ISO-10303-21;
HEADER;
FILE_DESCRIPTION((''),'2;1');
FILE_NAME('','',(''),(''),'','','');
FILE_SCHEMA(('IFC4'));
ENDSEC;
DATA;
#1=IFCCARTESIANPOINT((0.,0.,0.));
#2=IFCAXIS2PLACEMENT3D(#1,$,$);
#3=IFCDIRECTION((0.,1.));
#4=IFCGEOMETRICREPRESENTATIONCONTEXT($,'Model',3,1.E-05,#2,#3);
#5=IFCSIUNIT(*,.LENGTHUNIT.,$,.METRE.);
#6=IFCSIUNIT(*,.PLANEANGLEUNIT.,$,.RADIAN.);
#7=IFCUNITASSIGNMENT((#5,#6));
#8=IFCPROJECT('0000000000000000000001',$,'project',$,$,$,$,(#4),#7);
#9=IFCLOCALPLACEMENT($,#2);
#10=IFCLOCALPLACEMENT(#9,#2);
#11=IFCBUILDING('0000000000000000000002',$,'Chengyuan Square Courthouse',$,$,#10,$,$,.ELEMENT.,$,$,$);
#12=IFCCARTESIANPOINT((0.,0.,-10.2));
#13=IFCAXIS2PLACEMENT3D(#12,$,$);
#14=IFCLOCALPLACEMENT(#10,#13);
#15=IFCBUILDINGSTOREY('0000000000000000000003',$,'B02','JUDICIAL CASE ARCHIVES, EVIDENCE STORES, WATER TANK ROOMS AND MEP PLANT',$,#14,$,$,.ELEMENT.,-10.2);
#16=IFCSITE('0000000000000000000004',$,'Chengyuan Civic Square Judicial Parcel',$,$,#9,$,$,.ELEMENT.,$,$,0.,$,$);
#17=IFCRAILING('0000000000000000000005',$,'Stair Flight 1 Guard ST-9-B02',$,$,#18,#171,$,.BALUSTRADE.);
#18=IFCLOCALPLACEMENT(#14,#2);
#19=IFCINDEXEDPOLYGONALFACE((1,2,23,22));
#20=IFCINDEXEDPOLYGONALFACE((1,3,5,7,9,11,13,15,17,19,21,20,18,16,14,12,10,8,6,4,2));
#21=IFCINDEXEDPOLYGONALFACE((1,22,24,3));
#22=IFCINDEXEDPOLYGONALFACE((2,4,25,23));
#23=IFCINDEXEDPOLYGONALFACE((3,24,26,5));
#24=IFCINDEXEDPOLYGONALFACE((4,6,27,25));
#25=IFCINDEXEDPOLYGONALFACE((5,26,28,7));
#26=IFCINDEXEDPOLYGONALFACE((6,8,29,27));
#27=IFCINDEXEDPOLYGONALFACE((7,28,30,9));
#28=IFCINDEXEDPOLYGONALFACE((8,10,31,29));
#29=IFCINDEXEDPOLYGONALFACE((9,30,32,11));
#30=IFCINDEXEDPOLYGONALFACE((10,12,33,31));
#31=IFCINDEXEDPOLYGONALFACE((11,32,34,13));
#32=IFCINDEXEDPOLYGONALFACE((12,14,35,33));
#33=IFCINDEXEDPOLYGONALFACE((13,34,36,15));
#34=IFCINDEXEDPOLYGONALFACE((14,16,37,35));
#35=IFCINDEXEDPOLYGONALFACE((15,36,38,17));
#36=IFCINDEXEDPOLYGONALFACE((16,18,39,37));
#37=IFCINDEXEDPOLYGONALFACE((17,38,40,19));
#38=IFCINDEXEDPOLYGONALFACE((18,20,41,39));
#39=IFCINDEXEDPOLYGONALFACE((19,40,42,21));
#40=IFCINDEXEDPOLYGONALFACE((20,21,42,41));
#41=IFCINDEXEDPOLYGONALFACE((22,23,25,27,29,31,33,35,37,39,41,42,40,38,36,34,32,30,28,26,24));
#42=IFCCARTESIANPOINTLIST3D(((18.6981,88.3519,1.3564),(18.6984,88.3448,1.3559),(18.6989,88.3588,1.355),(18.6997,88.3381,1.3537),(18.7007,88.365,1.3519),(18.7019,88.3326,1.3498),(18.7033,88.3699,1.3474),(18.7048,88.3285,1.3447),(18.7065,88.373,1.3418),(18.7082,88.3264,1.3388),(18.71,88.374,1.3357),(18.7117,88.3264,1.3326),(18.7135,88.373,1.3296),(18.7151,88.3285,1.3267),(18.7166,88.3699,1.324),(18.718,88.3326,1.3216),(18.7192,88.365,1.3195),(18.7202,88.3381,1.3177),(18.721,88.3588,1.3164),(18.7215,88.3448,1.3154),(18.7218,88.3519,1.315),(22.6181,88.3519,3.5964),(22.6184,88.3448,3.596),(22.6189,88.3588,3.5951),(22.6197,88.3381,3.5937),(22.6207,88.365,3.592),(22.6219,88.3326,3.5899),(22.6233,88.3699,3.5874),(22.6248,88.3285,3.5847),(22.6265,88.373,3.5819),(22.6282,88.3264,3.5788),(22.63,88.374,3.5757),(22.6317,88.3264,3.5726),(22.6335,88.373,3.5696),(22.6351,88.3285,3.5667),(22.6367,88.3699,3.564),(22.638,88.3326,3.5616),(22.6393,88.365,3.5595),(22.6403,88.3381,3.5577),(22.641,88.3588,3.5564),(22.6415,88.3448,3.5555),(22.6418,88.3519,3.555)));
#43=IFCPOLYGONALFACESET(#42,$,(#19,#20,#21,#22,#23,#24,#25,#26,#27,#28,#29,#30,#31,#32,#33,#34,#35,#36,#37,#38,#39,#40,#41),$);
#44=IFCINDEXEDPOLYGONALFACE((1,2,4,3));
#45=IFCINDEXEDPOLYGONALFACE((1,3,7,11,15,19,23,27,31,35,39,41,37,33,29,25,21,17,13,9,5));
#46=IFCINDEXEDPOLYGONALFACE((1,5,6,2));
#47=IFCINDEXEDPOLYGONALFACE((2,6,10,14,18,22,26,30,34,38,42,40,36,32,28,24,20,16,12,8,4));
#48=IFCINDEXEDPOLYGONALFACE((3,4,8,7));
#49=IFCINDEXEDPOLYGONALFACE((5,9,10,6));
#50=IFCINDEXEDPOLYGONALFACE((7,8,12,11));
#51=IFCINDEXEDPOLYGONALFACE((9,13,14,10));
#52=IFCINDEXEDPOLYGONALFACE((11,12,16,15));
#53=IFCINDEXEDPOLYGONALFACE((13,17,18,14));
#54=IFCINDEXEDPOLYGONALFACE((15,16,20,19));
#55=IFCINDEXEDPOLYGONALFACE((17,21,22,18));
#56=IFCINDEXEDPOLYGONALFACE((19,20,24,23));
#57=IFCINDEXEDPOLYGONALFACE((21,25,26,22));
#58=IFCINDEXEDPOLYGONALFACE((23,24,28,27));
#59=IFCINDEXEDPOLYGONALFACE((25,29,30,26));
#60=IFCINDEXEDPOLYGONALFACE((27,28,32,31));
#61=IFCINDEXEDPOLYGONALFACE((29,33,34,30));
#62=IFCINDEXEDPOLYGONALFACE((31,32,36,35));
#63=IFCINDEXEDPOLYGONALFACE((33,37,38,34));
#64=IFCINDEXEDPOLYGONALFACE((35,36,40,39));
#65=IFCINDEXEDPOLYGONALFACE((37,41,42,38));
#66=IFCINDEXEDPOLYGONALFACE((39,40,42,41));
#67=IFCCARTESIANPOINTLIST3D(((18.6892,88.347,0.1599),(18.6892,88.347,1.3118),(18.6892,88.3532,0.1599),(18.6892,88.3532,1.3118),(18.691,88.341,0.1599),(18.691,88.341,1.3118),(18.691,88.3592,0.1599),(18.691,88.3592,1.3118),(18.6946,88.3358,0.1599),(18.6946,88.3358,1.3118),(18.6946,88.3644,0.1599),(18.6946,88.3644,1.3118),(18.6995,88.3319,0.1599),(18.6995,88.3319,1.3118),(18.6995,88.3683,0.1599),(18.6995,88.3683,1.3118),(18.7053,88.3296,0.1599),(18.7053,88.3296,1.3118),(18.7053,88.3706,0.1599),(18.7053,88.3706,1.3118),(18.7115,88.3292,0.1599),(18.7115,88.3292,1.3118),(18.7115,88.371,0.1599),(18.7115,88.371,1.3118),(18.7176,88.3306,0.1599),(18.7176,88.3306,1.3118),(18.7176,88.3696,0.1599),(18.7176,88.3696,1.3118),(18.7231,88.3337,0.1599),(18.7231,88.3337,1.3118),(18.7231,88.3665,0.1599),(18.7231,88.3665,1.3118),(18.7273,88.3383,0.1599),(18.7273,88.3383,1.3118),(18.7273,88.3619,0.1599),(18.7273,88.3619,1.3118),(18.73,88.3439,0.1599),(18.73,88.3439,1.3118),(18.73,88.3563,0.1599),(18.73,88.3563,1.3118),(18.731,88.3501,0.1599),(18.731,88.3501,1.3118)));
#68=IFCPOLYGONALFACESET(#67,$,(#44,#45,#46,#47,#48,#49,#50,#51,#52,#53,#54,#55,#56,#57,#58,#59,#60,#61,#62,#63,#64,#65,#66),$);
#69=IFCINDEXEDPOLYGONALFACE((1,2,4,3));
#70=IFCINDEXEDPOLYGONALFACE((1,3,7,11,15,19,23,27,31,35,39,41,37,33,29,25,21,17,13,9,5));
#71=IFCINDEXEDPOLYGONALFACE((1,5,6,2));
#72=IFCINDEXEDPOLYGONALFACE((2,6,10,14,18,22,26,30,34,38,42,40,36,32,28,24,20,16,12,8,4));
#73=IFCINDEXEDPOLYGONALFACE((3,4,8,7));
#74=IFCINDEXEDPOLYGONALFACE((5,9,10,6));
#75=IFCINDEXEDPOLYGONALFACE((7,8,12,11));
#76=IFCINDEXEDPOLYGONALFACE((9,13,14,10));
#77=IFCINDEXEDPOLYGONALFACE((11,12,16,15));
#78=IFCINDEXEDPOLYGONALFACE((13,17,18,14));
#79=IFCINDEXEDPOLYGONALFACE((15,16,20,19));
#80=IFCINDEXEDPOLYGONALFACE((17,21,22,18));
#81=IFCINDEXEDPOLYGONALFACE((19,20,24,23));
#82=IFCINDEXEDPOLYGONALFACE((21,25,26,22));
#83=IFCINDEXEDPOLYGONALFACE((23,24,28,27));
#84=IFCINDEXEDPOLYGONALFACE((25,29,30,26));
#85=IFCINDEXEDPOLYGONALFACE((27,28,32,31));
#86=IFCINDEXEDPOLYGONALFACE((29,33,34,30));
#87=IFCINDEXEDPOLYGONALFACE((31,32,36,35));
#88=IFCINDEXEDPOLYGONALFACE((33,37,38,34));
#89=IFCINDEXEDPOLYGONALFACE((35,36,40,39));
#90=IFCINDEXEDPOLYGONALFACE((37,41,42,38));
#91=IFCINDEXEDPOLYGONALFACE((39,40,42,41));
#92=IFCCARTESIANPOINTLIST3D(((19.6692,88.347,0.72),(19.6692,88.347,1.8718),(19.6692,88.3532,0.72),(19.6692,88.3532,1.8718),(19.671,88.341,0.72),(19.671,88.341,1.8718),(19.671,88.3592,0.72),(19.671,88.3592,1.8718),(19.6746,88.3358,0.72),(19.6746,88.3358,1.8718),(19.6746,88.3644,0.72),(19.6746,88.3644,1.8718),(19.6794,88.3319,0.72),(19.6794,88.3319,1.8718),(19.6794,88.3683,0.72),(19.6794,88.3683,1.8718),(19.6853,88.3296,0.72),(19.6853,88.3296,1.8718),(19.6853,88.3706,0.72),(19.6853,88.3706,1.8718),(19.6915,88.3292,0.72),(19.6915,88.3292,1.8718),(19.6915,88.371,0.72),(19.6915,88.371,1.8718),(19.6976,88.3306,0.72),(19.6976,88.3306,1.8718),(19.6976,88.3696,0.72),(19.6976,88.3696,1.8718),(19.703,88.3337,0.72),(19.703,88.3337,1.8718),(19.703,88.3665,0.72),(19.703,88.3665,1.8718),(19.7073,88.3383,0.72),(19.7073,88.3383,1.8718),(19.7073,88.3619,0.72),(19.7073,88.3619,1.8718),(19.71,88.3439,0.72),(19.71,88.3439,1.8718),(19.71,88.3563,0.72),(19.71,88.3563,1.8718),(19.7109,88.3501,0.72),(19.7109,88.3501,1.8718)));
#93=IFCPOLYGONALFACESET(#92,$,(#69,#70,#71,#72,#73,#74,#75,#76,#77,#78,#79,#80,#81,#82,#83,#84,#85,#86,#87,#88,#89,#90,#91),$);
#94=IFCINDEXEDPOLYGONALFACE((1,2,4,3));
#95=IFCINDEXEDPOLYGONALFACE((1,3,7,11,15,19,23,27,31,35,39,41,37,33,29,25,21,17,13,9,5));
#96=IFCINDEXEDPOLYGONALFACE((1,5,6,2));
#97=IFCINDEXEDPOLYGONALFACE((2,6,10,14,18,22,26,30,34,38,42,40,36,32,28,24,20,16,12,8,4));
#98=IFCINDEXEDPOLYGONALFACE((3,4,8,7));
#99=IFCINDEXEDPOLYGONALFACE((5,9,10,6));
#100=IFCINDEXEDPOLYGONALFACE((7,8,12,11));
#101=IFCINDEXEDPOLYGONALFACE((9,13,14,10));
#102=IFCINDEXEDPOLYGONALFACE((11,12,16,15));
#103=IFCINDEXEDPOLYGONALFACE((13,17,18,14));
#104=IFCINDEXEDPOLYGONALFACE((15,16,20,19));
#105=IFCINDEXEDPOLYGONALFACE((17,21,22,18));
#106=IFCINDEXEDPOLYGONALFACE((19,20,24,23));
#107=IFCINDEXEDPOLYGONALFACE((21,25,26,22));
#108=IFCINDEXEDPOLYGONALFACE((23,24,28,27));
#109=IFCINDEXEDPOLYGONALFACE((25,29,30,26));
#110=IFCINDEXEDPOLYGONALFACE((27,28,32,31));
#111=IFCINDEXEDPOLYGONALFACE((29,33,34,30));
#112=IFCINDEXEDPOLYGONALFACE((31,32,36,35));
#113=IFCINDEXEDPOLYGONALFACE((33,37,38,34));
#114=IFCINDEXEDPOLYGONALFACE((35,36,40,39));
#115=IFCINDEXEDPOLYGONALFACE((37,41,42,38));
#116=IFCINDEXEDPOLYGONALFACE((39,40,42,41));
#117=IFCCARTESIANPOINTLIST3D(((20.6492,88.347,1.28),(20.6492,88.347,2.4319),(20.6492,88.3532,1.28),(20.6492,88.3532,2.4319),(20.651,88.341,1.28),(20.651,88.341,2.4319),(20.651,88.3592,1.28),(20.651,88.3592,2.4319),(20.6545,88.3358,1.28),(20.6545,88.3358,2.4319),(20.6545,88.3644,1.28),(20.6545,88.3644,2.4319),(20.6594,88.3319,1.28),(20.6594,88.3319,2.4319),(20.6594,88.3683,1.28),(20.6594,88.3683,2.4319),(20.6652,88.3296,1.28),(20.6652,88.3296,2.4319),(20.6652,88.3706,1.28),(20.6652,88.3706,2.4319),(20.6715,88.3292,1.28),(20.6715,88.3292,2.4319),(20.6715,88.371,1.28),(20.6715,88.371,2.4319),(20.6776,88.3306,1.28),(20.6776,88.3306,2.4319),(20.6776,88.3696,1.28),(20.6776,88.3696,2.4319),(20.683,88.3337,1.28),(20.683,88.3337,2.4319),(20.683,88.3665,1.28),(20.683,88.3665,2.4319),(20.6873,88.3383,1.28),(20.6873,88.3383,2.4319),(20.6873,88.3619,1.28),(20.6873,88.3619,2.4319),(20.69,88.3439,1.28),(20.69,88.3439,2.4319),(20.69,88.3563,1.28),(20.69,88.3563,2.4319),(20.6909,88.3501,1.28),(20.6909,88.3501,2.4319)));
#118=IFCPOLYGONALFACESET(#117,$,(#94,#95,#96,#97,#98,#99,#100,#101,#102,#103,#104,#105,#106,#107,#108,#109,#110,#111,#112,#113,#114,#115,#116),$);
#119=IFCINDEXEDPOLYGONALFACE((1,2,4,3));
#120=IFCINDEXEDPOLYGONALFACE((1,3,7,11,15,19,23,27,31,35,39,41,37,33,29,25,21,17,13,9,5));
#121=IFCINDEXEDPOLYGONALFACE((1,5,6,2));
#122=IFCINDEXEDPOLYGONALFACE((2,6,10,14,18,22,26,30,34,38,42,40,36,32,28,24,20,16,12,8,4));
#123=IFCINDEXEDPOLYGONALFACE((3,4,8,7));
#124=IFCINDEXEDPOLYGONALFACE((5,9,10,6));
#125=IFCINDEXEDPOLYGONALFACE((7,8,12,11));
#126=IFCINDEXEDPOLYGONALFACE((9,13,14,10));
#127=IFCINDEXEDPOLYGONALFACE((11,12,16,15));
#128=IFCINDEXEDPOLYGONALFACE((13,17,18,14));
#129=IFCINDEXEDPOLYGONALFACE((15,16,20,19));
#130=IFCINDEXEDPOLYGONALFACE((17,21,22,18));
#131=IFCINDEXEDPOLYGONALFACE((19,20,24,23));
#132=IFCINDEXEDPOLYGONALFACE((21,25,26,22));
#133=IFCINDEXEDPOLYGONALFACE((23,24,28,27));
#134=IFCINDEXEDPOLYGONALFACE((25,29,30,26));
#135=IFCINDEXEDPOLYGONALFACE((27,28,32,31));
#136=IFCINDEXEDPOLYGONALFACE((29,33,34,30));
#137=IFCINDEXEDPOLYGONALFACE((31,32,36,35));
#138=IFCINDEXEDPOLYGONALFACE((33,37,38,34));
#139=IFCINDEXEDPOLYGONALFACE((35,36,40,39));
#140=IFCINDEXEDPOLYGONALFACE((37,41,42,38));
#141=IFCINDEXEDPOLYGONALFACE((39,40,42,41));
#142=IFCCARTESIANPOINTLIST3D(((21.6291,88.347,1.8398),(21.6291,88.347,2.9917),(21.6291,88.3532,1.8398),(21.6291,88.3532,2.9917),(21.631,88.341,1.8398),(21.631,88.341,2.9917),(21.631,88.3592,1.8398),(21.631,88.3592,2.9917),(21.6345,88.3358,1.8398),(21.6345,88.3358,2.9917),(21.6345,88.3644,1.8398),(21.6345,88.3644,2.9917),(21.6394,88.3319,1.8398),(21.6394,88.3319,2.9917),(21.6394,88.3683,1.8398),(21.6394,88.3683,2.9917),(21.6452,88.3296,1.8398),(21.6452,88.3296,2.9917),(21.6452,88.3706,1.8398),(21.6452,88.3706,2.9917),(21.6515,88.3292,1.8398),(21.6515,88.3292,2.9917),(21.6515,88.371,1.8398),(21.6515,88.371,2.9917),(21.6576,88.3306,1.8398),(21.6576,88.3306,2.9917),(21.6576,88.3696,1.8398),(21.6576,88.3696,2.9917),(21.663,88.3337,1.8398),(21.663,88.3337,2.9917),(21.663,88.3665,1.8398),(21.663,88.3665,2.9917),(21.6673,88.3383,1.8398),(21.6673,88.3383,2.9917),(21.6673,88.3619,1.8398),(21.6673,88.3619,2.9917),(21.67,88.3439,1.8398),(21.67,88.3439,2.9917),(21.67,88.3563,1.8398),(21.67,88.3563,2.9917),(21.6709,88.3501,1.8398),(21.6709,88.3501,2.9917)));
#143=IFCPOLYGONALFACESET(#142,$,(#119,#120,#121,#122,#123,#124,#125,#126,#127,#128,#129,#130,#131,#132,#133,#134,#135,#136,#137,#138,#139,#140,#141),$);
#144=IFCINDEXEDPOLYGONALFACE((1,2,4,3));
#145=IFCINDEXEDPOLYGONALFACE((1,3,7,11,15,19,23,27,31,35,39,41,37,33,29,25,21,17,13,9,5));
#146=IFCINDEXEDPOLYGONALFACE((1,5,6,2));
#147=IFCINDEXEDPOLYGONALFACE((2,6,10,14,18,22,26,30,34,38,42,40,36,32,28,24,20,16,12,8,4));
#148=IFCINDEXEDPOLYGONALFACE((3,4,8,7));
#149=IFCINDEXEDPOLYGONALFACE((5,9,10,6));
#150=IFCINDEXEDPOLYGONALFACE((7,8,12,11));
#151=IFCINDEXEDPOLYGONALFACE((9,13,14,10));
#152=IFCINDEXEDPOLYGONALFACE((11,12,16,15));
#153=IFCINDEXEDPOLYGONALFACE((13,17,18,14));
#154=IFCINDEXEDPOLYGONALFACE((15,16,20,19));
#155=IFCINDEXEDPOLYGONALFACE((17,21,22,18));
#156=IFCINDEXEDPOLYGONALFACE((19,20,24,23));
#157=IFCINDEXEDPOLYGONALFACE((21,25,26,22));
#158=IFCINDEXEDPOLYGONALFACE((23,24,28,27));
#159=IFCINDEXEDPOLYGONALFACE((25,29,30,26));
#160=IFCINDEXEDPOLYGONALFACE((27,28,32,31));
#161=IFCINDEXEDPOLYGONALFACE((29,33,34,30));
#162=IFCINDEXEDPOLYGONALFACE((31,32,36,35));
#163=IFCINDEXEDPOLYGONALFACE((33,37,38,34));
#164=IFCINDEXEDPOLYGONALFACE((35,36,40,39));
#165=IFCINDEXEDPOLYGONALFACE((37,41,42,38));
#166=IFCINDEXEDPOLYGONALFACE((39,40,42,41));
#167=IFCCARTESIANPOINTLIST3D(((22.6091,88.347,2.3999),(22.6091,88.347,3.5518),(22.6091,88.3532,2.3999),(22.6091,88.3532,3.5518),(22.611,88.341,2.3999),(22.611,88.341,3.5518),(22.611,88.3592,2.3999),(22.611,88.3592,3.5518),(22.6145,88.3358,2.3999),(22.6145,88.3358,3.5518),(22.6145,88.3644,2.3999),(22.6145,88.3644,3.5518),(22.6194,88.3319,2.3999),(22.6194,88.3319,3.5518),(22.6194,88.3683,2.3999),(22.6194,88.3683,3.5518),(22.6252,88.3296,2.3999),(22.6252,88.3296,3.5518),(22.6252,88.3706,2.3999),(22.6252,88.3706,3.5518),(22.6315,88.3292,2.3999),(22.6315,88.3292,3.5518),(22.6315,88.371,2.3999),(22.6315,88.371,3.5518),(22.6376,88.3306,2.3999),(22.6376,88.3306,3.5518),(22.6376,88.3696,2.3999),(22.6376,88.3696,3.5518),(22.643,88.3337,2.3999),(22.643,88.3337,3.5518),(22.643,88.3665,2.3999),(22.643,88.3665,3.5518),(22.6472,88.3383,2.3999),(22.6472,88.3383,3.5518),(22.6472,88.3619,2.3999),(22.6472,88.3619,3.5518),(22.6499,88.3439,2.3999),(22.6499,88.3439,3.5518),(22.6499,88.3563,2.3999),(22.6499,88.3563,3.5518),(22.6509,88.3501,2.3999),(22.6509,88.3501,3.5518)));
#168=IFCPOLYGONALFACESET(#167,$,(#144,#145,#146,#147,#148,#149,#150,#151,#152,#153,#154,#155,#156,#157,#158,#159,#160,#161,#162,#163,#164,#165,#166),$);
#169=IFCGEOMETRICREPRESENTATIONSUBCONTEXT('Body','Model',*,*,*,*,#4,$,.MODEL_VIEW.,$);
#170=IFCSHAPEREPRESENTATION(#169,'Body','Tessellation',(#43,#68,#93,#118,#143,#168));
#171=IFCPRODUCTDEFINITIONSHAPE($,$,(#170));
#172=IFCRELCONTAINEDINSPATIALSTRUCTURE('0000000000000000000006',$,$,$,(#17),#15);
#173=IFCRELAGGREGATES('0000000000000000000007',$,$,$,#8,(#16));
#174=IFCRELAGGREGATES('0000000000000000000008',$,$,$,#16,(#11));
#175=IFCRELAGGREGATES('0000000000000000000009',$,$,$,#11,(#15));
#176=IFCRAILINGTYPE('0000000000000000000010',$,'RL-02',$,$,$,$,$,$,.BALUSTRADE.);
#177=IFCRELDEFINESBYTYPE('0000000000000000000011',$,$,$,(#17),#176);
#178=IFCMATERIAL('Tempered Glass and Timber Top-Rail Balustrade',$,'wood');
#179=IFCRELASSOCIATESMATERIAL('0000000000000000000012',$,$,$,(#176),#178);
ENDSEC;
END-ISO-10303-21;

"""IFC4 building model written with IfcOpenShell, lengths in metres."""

from ifc_helpers import new_model, si_unit, direction, frame, origin, origin_2d, place, context, subcontext, project, spatial, circle, extrude, material, type_object, element, save


model = new_model("IFC4")

# Units and contexts
model_context = context("Model", 3, precision=1e-05, world=origin(), true_north=direction((0.0, 1.0)))
body_context = subcontext(model_context, "Body", "Model", "MODEL_VIEW")
ifc_project = project(units=[si_unit("LENGTHUNIT", "METRE"), si_unit("PLANEANGLEUNIT", "RADIAN")], contexts=[model_context])

# Site, building, storey
site_placement = place(None, origin())
site = spatial("IfcSite", under=ifc_project, at=site_placement, Name="Chengyuan Civic Square Judicial Parcel", CompositionType="ELEMENT", RefElevation=0.0)
building_placement = place(site_placement, origin())
building = spatial("IfcBuilding", under=site, at=building_placement, Name="Chengyuan Square Courthouse", CompositionType="ELEMENT")
storey_placement = place(building_placement, frame((0.0, 0.0, -10.2)))
storey = spatial("IfcBuildingStorey", under=building, at=storey_placement, Name="B02", Description="JUDICIAL CASE ARCHIVES, EVIDENCE STORES, WATER TANK ROOMS AND MEP PLANT", CompositionType="ELEMENT", Elevation=-10.2)

# Railing
ifc_material_1 = material(Name="Tempered Glass and Timber Top-Rail Balustrade", Category="wood")
railing_type_1 = type_object("IfcRailingType", Name="RL-02", PredefinedType="BALUSTRADE", material=ifc_material_1)
railing_1_placement = place(storey_placement, frame((18.71, 88.3501, 0.1599)))
element("IfcRailing", 1, at=railing_1_placement, inside=storey, type_object=railing_type_1, Name="Stair Flight 1 Guard ST-9-B02", PredefinedType="BALUSTRADE", context=body_context, shape_type="SweptSolid", body=[
    extrude(circle(Radius=0.0239, at=origin_2d()), frame((0.0, 0.0, 1.1758), z_axis=(0.86824, 0.0, 0.496145), x_axis=(0.0, 1.0, 0.0)), (0.0, 0.0, 1.0), 4.5149),
    extrude(circle(Radius=0.021, at=origin_2d()), origin(), (0.0, 0.0, 1.0), 1.1519),
    extrude(circle(Radius=0.021, at=origin_2d()), frame((0.98, 0.0, 0.5601)), (0.0, 0.0, 1.0), 1.1519),
    extrude(circle(Radius=0.021, at=origin_2d()), frame((1.96, 0.0, 1.1201)), (0.0, 0.0, 1.0), 1.1519),
    extrude(circle(Radius=0.021, at=origin_2d()), frame((2.9399, 0.0, 1.6799)), (0.0, 0.0, 1.0), 1.1519),
    extrude(circle(Radius=0.021, at=origin_2d()), frame((3.9199, 0.0, 2.24)), (0.0, 0.0, 1.0), 1.1519),
])

save(model, "model.ifc")
